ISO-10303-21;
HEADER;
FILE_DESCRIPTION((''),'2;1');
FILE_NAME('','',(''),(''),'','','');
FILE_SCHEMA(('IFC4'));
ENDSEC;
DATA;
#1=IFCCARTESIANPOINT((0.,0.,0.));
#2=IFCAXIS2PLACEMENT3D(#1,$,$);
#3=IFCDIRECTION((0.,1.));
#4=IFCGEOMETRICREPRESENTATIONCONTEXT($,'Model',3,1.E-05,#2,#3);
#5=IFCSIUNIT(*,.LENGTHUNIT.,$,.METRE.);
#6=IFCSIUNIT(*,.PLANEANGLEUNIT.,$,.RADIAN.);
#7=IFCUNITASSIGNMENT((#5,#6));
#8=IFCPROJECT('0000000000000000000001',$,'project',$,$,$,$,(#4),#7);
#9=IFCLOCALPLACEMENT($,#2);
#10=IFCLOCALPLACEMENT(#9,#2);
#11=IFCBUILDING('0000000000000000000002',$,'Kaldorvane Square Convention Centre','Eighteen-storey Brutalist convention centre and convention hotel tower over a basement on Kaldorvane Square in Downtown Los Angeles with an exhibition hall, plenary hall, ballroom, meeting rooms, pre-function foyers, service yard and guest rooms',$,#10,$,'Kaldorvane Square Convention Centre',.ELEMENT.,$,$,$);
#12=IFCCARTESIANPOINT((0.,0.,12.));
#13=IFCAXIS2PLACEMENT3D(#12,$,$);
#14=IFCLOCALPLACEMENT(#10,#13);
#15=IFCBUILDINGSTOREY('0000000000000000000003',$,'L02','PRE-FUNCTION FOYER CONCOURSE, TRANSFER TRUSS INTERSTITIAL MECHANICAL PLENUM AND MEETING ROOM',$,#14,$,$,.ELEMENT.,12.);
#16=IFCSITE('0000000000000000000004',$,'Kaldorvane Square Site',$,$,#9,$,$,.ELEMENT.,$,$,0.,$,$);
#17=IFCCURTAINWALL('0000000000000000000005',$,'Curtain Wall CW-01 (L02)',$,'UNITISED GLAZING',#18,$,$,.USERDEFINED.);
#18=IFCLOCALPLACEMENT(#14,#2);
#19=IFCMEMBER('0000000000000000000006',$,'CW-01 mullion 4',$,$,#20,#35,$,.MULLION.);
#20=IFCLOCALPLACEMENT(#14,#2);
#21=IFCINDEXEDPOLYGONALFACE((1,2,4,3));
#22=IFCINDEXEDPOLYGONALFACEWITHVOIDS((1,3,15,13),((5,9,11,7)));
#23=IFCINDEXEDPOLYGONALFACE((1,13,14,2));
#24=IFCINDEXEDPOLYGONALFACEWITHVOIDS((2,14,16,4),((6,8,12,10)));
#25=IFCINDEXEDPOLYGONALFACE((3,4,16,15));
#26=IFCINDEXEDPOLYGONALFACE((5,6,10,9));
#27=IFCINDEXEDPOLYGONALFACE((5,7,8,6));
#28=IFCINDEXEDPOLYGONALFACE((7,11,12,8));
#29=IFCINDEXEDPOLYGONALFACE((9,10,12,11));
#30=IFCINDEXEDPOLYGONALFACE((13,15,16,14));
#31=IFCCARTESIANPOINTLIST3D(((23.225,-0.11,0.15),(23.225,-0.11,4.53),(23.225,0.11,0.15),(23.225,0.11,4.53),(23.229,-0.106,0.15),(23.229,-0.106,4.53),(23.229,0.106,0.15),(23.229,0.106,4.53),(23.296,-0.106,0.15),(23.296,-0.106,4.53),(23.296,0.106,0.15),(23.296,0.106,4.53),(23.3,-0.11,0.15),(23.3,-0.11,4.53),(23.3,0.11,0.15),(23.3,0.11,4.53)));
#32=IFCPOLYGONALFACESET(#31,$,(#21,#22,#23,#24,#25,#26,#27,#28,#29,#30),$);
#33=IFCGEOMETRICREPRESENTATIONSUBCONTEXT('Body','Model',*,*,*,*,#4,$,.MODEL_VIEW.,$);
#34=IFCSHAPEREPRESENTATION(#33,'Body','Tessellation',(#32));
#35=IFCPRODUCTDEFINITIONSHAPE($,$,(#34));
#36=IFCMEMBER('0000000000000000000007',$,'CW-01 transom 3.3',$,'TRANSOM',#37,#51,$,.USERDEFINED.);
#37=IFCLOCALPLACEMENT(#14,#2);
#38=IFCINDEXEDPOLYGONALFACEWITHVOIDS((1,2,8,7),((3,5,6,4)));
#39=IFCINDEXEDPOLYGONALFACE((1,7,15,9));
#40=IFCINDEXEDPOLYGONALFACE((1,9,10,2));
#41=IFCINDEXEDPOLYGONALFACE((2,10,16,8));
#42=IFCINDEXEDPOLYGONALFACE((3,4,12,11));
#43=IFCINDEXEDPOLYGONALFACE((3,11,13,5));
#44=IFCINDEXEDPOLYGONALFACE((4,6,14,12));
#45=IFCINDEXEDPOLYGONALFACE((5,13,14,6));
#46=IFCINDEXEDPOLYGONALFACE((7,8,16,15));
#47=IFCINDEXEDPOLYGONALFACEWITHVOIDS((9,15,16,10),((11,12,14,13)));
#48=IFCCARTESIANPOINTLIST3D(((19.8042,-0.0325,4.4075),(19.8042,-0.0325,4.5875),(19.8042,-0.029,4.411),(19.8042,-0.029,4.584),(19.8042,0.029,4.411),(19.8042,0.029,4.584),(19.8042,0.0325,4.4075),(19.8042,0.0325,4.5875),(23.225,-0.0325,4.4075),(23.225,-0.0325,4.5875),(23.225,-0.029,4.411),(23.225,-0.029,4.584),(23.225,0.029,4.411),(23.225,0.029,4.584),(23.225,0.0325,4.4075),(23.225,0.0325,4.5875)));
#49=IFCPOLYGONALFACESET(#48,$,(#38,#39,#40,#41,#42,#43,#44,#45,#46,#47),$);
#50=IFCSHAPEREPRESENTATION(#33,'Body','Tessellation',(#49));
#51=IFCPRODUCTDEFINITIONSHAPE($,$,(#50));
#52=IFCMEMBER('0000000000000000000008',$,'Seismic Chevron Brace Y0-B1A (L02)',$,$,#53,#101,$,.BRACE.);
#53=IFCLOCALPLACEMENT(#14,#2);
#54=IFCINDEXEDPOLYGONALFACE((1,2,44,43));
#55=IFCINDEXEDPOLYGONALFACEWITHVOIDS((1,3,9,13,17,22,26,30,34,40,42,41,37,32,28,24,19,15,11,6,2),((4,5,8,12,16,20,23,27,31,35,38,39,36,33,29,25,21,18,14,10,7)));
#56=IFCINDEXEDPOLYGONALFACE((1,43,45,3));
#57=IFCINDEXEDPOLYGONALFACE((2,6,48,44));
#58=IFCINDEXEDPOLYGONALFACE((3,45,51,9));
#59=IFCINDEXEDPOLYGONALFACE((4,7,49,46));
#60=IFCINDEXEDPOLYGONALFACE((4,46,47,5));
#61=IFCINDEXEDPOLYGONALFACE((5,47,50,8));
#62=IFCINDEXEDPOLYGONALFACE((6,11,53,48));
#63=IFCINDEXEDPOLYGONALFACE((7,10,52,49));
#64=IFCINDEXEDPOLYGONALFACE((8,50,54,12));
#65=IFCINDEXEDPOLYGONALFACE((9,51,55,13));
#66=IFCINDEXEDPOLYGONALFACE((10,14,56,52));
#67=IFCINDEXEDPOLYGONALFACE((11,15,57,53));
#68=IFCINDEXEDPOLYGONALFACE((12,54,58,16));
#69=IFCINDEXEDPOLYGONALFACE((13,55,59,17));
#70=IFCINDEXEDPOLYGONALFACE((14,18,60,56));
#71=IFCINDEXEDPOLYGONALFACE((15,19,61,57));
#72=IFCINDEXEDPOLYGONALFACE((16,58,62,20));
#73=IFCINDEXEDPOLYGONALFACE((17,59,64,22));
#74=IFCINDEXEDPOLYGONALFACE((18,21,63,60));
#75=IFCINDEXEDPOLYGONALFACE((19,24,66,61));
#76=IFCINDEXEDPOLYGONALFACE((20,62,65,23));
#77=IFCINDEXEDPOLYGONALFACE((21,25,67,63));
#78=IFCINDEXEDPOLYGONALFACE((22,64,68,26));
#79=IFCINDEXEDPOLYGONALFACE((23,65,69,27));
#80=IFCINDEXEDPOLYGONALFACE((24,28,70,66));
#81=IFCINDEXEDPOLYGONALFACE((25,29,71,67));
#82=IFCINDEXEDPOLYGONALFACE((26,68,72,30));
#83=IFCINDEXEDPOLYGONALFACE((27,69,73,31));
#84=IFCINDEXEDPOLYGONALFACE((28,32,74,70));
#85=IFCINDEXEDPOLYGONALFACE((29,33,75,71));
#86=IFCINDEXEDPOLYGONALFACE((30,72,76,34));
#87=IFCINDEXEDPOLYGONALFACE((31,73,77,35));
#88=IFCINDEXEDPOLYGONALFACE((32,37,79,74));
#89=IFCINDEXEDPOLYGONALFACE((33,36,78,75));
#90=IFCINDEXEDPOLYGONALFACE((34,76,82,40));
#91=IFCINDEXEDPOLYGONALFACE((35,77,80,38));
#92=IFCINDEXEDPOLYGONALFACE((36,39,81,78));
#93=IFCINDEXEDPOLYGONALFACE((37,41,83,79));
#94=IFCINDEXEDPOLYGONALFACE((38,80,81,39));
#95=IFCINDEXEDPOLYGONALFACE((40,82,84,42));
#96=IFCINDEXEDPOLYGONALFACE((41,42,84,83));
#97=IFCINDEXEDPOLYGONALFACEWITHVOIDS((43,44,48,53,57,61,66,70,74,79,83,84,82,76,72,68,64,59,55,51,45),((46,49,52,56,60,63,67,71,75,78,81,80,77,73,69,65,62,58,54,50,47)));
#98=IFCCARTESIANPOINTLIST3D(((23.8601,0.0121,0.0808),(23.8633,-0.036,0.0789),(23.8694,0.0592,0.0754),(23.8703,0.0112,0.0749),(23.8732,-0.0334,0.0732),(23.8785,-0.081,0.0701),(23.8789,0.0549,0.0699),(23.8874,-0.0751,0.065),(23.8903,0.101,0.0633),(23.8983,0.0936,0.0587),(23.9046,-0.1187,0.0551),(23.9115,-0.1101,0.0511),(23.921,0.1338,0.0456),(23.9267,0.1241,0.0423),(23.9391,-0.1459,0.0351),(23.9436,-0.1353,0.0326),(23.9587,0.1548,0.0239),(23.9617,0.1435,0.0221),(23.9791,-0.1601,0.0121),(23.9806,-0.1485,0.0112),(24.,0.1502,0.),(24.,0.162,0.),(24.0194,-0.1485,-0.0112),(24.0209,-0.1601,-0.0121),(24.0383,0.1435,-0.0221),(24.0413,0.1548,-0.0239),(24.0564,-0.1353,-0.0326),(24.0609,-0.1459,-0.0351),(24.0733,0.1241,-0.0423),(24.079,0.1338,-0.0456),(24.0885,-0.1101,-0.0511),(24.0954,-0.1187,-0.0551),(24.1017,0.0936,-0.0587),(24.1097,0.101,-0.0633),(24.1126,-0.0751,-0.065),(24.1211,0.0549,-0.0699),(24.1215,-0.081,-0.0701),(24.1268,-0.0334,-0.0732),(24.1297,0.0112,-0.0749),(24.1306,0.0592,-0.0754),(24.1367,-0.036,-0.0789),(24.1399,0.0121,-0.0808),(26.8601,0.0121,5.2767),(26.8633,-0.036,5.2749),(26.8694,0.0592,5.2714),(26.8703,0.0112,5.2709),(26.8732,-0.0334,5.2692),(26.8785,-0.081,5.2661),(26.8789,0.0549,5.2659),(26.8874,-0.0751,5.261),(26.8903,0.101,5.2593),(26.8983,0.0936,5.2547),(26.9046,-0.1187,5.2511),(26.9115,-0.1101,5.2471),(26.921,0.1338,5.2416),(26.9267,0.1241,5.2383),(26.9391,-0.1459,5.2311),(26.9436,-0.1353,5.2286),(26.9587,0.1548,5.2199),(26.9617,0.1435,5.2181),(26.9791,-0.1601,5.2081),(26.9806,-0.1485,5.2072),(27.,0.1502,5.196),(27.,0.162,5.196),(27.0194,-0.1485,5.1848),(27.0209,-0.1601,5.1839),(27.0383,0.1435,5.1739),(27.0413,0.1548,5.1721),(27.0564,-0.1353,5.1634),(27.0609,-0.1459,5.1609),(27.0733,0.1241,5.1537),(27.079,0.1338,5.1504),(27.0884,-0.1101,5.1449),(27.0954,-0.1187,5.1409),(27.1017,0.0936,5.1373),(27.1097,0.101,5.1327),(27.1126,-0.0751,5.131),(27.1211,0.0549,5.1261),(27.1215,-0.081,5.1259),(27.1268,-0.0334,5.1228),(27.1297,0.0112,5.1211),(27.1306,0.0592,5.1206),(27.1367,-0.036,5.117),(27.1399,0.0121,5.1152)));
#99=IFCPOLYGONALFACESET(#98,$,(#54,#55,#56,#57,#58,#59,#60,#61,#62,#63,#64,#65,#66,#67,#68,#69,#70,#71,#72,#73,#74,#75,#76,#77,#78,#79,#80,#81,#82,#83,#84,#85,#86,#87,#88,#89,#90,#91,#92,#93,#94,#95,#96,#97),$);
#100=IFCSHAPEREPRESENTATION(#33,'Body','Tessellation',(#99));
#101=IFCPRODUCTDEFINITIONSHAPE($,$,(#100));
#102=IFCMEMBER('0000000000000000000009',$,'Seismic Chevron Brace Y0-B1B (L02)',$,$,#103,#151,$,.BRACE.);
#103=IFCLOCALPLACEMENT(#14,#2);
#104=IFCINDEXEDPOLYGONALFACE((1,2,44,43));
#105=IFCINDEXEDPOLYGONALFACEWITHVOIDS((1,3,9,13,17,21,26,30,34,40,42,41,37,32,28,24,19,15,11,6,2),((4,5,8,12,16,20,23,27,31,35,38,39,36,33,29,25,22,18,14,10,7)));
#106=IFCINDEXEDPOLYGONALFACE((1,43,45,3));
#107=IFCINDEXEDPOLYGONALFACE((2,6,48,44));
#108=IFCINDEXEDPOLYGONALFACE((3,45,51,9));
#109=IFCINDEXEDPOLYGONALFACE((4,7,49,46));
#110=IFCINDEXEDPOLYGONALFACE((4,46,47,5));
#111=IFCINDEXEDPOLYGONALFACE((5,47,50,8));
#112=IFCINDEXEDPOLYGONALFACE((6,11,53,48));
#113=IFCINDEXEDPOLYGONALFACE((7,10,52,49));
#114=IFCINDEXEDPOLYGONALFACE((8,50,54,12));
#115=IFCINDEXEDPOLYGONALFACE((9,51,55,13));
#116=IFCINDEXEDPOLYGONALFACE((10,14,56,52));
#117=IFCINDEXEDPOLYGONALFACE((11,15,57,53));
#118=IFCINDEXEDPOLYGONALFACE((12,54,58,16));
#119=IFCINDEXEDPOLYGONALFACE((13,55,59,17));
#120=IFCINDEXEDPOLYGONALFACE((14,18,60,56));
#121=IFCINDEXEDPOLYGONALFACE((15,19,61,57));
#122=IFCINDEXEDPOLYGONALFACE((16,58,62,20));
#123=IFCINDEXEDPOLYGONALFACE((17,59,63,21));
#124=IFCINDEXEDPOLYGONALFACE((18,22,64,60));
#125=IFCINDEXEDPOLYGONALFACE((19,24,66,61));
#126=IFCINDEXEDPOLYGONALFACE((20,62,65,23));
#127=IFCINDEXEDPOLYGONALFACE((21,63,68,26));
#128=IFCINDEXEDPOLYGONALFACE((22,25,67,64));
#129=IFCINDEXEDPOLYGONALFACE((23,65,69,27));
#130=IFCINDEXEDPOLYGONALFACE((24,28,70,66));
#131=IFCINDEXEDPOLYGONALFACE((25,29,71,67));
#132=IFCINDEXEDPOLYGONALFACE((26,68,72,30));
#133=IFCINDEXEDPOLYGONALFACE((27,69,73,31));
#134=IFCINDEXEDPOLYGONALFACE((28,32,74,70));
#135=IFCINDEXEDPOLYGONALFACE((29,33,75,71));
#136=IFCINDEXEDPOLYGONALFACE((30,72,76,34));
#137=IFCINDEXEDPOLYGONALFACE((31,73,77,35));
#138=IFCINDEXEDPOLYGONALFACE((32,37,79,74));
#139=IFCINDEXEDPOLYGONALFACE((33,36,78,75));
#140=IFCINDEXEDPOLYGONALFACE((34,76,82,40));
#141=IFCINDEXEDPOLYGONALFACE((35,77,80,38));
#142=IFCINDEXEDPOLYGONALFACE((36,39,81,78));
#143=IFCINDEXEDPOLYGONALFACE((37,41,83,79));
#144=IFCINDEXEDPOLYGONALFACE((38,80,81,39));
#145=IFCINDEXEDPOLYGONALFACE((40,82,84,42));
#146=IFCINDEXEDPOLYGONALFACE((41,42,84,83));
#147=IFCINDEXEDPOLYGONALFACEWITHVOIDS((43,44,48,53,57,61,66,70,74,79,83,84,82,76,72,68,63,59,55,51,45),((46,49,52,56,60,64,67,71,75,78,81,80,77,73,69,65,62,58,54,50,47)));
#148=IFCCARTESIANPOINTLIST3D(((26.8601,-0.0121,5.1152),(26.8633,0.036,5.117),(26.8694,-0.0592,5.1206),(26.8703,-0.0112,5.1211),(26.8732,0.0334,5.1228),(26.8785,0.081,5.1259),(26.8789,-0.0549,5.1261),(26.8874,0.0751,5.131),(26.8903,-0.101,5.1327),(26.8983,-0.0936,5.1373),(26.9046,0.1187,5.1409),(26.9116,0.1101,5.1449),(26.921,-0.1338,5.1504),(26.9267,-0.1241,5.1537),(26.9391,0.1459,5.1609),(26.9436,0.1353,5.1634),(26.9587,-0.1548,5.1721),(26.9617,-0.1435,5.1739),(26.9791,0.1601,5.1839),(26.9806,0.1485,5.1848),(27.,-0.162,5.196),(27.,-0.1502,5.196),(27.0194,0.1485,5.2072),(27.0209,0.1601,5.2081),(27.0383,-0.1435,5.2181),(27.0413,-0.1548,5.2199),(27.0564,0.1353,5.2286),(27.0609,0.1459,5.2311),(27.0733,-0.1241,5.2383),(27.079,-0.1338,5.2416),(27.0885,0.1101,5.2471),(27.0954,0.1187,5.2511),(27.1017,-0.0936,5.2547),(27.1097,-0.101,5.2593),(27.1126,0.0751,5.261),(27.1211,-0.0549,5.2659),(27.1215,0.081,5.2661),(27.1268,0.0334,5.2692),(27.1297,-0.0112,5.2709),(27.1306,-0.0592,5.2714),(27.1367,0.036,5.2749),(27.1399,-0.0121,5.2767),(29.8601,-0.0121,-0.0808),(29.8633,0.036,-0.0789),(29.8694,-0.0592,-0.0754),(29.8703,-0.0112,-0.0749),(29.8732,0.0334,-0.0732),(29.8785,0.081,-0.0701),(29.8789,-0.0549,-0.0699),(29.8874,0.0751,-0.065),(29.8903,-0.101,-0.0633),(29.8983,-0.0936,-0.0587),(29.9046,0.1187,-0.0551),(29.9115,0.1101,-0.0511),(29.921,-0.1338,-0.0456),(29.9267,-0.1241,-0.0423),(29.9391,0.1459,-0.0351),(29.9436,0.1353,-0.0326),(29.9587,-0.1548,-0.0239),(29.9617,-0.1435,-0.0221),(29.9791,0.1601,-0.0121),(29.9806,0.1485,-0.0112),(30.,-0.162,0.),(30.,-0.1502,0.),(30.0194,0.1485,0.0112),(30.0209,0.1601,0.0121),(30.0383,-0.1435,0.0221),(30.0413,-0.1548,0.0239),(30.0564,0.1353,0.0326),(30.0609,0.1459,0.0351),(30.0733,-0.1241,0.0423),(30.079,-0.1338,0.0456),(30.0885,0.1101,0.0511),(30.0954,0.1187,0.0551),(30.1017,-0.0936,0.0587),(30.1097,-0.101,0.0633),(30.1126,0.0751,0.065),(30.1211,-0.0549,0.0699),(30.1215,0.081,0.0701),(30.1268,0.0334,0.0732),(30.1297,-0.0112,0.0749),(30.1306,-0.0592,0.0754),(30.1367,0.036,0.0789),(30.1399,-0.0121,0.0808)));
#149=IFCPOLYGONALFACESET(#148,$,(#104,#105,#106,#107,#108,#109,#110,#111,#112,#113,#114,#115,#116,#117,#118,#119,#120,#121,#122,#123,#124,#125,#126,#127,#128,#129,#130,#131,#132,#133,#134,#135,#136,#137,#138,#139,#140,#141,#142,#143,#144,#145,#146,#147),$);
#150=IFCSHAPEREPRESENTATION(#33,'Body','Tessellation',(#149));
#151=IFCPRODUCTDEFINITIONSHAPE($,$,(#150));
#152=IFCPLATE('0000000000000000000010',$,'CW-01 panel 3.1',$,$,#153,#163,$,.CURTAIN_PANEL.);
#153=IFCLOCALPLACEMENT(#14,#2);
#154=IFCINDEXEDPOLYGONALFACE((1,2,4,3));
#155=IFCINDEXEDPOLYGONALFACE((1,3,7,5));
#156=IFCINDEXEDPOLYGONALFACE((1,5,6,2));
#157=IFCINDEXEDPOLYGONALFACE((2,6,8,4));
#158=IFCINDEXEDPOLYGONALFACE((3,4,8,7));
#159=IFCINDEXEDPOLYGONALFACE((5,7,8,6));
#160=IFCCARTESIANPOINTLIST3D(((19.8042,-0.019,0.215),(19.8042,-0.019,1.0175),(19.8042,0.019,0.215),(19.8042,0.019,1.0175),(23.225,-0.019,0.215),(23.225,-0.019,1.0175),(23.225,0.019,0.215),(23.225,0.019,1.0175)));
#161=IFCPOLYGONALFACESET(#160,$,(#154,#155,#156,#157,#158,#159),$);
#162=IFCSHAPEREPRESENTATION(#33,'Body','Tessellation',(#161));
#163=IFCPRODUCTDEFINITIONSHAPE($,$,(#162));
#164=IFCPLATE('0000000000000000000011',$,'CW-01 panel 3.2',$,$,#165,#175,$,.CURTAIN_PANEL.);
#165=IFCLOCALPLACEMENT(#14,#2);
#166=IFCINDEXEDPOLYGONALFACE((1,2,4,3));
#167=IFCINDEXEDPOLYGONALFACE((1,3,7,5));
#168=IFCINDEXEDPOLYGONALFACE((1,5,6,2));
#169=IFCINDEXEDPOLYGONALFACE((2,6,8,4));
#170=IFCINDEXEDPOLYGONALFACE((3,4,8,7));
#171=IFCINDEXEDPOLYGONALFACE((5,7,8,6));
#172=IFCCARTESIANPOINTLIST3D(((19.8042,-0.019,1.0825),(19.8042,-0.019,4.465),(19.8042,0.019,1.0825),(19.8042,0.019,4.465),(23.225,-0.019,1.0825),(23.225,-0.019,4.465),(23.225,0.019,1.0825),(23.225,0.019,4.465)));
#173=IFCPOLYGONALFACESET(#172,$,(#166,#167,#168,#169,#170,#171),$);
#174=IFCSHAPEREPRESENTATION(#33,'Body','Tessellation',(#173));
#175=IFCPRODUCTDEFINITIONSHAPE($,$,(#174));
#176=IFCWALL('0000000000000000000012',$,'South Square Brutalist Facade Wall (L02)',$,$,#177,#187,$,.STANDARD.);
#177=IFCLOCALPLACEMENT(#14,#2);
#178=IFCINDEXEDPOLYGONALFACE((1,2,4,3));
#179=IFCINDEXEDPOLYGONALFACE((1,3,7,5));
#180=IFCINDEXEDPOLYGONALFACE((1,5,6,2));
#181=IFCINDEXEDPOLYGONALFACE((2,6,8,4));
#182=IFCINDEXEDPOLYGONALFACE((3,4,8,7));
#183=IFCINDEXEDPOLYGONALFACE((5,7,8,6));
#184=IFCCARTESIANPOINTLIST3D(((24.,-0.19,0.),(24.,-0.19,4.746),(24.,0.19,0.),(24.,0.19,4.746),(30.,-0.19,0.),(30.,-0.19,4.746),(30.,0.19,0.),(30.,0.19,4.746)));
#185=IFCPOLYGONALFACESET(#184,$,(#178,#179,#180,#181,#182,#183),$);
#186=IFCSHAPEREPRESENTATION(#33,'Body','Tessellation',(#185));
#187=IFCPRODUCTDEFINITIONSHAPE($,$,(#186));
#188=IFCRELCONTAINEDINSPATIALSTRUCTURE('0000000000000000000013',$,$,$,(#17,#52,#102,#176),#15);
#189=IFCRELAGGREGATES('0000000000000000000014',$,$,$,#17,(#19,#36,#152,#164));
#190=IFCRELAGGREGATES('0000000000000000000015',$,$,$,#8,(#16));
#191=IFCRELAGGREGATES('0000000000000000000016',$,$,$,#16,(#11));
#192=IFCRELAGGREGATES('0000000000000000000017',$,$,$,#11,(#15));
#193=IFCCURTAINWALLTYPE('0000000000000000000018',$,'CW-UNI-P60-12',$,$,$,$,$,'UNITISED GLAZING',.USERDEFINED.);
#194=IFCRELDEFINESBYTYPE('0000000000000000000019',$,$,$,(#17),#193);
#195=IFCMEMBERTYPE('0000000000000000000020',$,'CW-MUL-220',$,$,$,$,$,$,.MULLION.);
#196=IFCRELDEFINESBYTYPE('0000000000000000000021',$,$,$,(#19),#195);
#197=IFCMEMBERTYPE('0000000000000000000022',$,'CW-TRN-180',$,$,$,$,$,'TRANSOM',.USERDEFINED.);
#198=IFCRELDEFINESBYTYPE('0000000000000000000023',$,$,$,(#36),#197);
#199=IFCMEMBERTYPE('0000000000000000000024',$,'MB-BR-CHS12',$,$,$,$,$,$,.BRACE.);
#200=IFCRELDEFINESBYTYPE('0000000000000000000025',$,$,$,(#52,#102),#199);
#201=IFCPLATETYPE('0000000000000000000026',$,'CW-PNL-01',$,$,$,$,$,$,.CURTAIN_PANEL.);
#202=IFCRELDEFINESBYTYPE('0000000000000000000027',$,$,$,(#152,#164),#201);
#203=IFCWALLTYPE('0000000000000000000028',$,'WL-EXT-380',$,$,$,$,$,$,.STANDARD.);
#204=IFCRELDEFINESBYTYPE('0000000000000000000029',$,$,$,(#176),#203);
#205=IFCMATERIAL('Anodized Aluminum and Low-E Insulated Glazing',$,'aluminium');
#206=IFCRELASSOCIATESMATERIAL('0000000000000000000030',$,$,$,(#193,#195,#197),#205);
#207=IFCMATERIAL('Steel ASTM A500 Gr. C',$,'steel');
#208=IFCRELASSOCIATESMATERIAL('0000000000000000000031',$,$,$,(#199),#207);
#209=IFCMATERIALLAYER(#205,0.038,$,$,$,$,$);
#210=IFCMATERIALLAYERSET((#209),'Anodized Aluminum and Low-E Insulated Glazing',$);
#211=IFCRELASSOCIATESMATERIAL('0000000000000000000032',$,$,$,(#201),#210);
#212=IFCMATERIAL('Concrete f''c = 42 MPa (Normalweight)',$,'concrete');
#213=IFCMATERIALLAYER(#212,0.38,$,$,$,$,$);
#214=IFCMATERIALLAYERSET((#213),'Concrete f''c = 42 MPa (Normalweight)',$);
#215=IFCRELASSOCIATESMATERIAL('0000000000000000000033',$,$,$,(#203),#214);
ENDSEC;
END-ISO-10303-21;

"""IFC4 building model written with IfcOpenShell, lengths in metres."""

from ifc_helpers import new_model, si_unit, direction, frame, frame_2d, origin, origin_2d, place, context, subcontext, project, spatial, rectangle, hollow_rectangle, hollow_circle, extrude, material, layer, layer_set, material_profile, profile_set, type_object, element, aggregate, save


model = new_model("IFC4")

# Units and contexts
model_context = context("Model", 3, precision=1e-05, world=origin(), true_north=direction((0.0, 1.0)))
body_context = subcontext(model_context, "Body", "Model", "MODEL_VIEW")
ifc_project = project(units=[si_unit("LENGTHUNIT", "METRE"), si_unit("PLANEANGLEUNIT", "RADIAN")], contexts=[model_context])

# Site, building, storey
site_placement = place(None, origin())
site = spatial("IfcSite", under=ifc_project, at=site_placement, Name="Kaldorvane Square Site", CompositionType="ELEMENT", RefElevation=0.0)
building_placement = place(site_placement, origin())
building = spatial("IfcBuilding", under=site, at=building_placement, Name="Kaldorvane Square Convention Centre", Description="Eighteen-storey Brutalist convention centre and convention hotel tower over a basement on Kaldorvane Square in Downtown Los Angeles with an exhibition hall, plenary hall, ballroom, meeting rooms, pre-function foyers, service yard and guest rooms", LongName="Kaldorvane Square Convention Centre", CompositionType="ELEMENT")
storey_placement = place(building_placement, frame((0.0, 0.0, 12.0)))
storey = spatial("IfcBuildingStorey", under=building, at=storey_placement, Name="L02", Description="PRE-FUNCTION FOYER CONCOURSE, TRANSFER TRUSS INTERSTITIAL MECHANICAL PLENUM AND MEETING ROOM", CompositionType="ELEMENT", Elevation=12.0)

# Shared definitions
ifc_material_1 = material(Name="Concrete f'c = 42 MPa (Normalweight)", Category="concrete")

# Curtain wall, members
ifc_material_2 = material(Name="Anodized Aluminum and Low-E Insulated Glazing", Category="aluminium")
curtain_wall_type = type_object("IfcCurtainWallType", Name="CW-UNI-P60-12", ElementType="UNITISED GLAZING", PredefinedType="USERDEFINED", material=ifc_material_2)
curtain_wall_placement = place(storey_placement, origin())
curtain_wall = element("IfcCurtainWall", 1, at=curtain_wall_placement, inside=storey, type_object=curtain_wall_type, Name="Curtain Wall CW-01 (L02)", ObjectType="UNITISED GLAZING", PredefinedType="USERDEFINED")
ifc_material_profile_1 = material_profile(ifc_material_2, hollow_rectangle(XDim=0.075, YDim=0.22, WallThickness=0.004, at=origin_2d()), Name="CWM-220X75")
ifc_profile_set_1 = profile_set([ifc_material_profile_1], Name="Anodized Aluminum and Low-E Insulated Glazing")
member_type_1 = type_object("IfcMemberType", Name="CW-MUL-220", PredefinedType="MULLION", material=ifc_profile_set_1)
member_1_placement = place(storey_placement, frame((23.2625, 0.0, 0.15), z_axis=(0.0, 0.0, 1.0), x_axis=(1.0, 0.0, 0.0)))
member_1 = element("IfcMember", 2, at=member_1_placement, type_object=member_type_1, Name="CW-01 mullion 4", PredefinedType="MULLION", context=body_context, shape_type="SweptSolid", body=[
    extrude(hollow_rectangle(XDim=0.075, YDim=0.22, WallThickness=0.004, at=origin_2d()), origin(), (0.0, 0.0, 1.0), 4.38),
])
ifc_material_profile_2 = material_profile(ifc_material_2, hollow_rectangle(XDim=0.065, YDim=0.18, WallThickness=0.0035, at=origin_2d()), Name="CWT-180X65")
ifc_profile_set_2 = profile_set([ifc_material_profile_2], Name="Anodized Aluminum and Low-E Insulated Glazing")
member_type_2 = type_object("IfcMemberType", Name="CW-TRN-180", ElementType="TRANSOM", PredefinedType="USERDEFINED", material=ifc_profile_set_2)
member_2_placement = place(storey_placement, frame((19.8042, 0.0, 4.4975), z_axis=(1.0, 0.0, 0.0), x_axis=(0.0, 1.0, 0.0)))
member_2 = element("IfcMember", 3, at=member_2_placement, type_object=member_type_2, Name="CW-01 transom 3.3", ObjectType="TRANSOM", PredefinedType="USERDEFINED", context=body_context, shape_type="SweptSolid", body=[
    extrude(hollow_rectangle(XDim=0.065, YDim=0.18, WallThickness=0.0035, at=origin_2d()), origin(), (0.0, 0.0, 1.0), 3.4208),
])

# Members
ifc_material_3 = material(Name="Steel ASTM A500 Gr. C", Category="steel")
ifc_material_profile_3 = material_profile(ifc_material_3, hollow_circle(Radius=0.162, WallThickness=0.0118, at=origin_2d()), Name="HSS12.750X0.500")
ifc_profile_set_3 = profile_set([ifc_material_profile_3], Name="Steel ASTM A500 Gr. C")
member_type_3 = type_object("IfcMemberType", Name="MB-BR-CHS12", PredefinedType="BRACE", material=ifc_profile_set_3)
for number, where, z_axis, x_axis, name in (
    (4, (24.0, 0.0, 0.0), (0.500011, 0.0, 0.866019), (0.0, 1.0, 0.0), "Seismic Chevron Brace Y0-B1A (L02)"),
    (5, (30.0, 0.0, 0.0), (-0.500011, 0.0, 0.866019), (0.0, -1.0, 0.0), "Seismic Chevron Brace Y0-B1B (L02)"),
):
    element("IfcMember", number, at=place(storey_placement, frame(where, z_axis=z_axis, x_axis=x_axis)), inside=storey, type_object=member_type_3, Name=name, PredefinedType="BRACE", context=body_context, shape_type="SweptSolid", body=[
        extrude(hollow_circle(Radius=0.162, WallThickness=0.0118, at=origin_2d()), origin(), (0.0, 0.0, 1.0), 5.9999),
    ])

# Plates
ifc_layer_1 = layer(ifc_material_2, 0.038)
ifc_layer_set_1 = layer_set([ifc_layer_1], Name="Anodized Aluminum and Low-E Insulated Glazing")
plate_type = type_object("IfcPlateType", Name="CW-PNL-01", PredefinedType="CURTAIN_PANEL", material=ifc_layer_set_1)
plate_1_placement = place(storey_placement, frame((21.5146, 0.0, 0.215), z_axis=(0.0, 0.0, 1.0), x_axis=(1.0, 0.0, 0.0)))
plate_1 = element("IfcPlate", 6, at=plate_1_placement, type_object=plate_type, Name="CW-01 panel 3.1", PredefinedType="CURTAIN_PANEL", context=body_context, shape_type="SweptSolid", body=[
    extrude(rectangle(XDim=3.4208, YDim=0.038, at=origin_2d()), origin(), (0.0, 0.0, 1.0), 0.8025),
])
plate_2_placement = place(storey_placement, frame((21.5146, 0.0, 1.0825), z_axis=(0.0, 0.0, 1.0), x_axis=(1.0, 0.0, 0.0)))
plate_2 = element("IfcPlate", 7, at=plate_2_placement, type_object=plate_type, Name="CW-01 panel 3.2", PredefinedType="CURTAIN_PANEL", context=body_context, shape_type="SweptSolid", body=[
    extrude(rectangle(XDim=3.4208, YDim=0.038, at=origin_2d()), origin(), (0.0, 0.0, 1.0), 3.3825),
])
aggregate(curtain_wall, [member_1, member_2, plate_1, plate_2])

# Wall
ifc_layer_2 = layer(ifc_material_1, 0.38)
ifc_layer_set_2 = layer_set([ifc_layer_2], Name="Concrete f'c = 42 MPa (Normalweight)")
wall_type_1 = type_object("IfcWallType", Name="WL-EXT-380", PredefinedType="STANDARD", material=ifc_layer_set_2)
wall_1_placement = place(storey_placement, frame((24.0, 0.0, 0.0), z_axis=(0.0, 0.0, 1.0), x_axis=(1.0, 0.0, 0.0)))
element("IfcWall", 8, at=wall_1_placement, inside=storey, type_object=wall_type_1, Name="South Square Brutalist Facade Wall (L02)", PredefinedType="STANDARD", context=body_context, shape_type="SweptSolid", body=[
    extrude(rectangle(XDim=6.0, YDim=0.38, at=frame_2d((3.0, 0.0))), origin(), (0.0, 0.0, 1.0), 4.746),
])

save(model, "model.ifc")
